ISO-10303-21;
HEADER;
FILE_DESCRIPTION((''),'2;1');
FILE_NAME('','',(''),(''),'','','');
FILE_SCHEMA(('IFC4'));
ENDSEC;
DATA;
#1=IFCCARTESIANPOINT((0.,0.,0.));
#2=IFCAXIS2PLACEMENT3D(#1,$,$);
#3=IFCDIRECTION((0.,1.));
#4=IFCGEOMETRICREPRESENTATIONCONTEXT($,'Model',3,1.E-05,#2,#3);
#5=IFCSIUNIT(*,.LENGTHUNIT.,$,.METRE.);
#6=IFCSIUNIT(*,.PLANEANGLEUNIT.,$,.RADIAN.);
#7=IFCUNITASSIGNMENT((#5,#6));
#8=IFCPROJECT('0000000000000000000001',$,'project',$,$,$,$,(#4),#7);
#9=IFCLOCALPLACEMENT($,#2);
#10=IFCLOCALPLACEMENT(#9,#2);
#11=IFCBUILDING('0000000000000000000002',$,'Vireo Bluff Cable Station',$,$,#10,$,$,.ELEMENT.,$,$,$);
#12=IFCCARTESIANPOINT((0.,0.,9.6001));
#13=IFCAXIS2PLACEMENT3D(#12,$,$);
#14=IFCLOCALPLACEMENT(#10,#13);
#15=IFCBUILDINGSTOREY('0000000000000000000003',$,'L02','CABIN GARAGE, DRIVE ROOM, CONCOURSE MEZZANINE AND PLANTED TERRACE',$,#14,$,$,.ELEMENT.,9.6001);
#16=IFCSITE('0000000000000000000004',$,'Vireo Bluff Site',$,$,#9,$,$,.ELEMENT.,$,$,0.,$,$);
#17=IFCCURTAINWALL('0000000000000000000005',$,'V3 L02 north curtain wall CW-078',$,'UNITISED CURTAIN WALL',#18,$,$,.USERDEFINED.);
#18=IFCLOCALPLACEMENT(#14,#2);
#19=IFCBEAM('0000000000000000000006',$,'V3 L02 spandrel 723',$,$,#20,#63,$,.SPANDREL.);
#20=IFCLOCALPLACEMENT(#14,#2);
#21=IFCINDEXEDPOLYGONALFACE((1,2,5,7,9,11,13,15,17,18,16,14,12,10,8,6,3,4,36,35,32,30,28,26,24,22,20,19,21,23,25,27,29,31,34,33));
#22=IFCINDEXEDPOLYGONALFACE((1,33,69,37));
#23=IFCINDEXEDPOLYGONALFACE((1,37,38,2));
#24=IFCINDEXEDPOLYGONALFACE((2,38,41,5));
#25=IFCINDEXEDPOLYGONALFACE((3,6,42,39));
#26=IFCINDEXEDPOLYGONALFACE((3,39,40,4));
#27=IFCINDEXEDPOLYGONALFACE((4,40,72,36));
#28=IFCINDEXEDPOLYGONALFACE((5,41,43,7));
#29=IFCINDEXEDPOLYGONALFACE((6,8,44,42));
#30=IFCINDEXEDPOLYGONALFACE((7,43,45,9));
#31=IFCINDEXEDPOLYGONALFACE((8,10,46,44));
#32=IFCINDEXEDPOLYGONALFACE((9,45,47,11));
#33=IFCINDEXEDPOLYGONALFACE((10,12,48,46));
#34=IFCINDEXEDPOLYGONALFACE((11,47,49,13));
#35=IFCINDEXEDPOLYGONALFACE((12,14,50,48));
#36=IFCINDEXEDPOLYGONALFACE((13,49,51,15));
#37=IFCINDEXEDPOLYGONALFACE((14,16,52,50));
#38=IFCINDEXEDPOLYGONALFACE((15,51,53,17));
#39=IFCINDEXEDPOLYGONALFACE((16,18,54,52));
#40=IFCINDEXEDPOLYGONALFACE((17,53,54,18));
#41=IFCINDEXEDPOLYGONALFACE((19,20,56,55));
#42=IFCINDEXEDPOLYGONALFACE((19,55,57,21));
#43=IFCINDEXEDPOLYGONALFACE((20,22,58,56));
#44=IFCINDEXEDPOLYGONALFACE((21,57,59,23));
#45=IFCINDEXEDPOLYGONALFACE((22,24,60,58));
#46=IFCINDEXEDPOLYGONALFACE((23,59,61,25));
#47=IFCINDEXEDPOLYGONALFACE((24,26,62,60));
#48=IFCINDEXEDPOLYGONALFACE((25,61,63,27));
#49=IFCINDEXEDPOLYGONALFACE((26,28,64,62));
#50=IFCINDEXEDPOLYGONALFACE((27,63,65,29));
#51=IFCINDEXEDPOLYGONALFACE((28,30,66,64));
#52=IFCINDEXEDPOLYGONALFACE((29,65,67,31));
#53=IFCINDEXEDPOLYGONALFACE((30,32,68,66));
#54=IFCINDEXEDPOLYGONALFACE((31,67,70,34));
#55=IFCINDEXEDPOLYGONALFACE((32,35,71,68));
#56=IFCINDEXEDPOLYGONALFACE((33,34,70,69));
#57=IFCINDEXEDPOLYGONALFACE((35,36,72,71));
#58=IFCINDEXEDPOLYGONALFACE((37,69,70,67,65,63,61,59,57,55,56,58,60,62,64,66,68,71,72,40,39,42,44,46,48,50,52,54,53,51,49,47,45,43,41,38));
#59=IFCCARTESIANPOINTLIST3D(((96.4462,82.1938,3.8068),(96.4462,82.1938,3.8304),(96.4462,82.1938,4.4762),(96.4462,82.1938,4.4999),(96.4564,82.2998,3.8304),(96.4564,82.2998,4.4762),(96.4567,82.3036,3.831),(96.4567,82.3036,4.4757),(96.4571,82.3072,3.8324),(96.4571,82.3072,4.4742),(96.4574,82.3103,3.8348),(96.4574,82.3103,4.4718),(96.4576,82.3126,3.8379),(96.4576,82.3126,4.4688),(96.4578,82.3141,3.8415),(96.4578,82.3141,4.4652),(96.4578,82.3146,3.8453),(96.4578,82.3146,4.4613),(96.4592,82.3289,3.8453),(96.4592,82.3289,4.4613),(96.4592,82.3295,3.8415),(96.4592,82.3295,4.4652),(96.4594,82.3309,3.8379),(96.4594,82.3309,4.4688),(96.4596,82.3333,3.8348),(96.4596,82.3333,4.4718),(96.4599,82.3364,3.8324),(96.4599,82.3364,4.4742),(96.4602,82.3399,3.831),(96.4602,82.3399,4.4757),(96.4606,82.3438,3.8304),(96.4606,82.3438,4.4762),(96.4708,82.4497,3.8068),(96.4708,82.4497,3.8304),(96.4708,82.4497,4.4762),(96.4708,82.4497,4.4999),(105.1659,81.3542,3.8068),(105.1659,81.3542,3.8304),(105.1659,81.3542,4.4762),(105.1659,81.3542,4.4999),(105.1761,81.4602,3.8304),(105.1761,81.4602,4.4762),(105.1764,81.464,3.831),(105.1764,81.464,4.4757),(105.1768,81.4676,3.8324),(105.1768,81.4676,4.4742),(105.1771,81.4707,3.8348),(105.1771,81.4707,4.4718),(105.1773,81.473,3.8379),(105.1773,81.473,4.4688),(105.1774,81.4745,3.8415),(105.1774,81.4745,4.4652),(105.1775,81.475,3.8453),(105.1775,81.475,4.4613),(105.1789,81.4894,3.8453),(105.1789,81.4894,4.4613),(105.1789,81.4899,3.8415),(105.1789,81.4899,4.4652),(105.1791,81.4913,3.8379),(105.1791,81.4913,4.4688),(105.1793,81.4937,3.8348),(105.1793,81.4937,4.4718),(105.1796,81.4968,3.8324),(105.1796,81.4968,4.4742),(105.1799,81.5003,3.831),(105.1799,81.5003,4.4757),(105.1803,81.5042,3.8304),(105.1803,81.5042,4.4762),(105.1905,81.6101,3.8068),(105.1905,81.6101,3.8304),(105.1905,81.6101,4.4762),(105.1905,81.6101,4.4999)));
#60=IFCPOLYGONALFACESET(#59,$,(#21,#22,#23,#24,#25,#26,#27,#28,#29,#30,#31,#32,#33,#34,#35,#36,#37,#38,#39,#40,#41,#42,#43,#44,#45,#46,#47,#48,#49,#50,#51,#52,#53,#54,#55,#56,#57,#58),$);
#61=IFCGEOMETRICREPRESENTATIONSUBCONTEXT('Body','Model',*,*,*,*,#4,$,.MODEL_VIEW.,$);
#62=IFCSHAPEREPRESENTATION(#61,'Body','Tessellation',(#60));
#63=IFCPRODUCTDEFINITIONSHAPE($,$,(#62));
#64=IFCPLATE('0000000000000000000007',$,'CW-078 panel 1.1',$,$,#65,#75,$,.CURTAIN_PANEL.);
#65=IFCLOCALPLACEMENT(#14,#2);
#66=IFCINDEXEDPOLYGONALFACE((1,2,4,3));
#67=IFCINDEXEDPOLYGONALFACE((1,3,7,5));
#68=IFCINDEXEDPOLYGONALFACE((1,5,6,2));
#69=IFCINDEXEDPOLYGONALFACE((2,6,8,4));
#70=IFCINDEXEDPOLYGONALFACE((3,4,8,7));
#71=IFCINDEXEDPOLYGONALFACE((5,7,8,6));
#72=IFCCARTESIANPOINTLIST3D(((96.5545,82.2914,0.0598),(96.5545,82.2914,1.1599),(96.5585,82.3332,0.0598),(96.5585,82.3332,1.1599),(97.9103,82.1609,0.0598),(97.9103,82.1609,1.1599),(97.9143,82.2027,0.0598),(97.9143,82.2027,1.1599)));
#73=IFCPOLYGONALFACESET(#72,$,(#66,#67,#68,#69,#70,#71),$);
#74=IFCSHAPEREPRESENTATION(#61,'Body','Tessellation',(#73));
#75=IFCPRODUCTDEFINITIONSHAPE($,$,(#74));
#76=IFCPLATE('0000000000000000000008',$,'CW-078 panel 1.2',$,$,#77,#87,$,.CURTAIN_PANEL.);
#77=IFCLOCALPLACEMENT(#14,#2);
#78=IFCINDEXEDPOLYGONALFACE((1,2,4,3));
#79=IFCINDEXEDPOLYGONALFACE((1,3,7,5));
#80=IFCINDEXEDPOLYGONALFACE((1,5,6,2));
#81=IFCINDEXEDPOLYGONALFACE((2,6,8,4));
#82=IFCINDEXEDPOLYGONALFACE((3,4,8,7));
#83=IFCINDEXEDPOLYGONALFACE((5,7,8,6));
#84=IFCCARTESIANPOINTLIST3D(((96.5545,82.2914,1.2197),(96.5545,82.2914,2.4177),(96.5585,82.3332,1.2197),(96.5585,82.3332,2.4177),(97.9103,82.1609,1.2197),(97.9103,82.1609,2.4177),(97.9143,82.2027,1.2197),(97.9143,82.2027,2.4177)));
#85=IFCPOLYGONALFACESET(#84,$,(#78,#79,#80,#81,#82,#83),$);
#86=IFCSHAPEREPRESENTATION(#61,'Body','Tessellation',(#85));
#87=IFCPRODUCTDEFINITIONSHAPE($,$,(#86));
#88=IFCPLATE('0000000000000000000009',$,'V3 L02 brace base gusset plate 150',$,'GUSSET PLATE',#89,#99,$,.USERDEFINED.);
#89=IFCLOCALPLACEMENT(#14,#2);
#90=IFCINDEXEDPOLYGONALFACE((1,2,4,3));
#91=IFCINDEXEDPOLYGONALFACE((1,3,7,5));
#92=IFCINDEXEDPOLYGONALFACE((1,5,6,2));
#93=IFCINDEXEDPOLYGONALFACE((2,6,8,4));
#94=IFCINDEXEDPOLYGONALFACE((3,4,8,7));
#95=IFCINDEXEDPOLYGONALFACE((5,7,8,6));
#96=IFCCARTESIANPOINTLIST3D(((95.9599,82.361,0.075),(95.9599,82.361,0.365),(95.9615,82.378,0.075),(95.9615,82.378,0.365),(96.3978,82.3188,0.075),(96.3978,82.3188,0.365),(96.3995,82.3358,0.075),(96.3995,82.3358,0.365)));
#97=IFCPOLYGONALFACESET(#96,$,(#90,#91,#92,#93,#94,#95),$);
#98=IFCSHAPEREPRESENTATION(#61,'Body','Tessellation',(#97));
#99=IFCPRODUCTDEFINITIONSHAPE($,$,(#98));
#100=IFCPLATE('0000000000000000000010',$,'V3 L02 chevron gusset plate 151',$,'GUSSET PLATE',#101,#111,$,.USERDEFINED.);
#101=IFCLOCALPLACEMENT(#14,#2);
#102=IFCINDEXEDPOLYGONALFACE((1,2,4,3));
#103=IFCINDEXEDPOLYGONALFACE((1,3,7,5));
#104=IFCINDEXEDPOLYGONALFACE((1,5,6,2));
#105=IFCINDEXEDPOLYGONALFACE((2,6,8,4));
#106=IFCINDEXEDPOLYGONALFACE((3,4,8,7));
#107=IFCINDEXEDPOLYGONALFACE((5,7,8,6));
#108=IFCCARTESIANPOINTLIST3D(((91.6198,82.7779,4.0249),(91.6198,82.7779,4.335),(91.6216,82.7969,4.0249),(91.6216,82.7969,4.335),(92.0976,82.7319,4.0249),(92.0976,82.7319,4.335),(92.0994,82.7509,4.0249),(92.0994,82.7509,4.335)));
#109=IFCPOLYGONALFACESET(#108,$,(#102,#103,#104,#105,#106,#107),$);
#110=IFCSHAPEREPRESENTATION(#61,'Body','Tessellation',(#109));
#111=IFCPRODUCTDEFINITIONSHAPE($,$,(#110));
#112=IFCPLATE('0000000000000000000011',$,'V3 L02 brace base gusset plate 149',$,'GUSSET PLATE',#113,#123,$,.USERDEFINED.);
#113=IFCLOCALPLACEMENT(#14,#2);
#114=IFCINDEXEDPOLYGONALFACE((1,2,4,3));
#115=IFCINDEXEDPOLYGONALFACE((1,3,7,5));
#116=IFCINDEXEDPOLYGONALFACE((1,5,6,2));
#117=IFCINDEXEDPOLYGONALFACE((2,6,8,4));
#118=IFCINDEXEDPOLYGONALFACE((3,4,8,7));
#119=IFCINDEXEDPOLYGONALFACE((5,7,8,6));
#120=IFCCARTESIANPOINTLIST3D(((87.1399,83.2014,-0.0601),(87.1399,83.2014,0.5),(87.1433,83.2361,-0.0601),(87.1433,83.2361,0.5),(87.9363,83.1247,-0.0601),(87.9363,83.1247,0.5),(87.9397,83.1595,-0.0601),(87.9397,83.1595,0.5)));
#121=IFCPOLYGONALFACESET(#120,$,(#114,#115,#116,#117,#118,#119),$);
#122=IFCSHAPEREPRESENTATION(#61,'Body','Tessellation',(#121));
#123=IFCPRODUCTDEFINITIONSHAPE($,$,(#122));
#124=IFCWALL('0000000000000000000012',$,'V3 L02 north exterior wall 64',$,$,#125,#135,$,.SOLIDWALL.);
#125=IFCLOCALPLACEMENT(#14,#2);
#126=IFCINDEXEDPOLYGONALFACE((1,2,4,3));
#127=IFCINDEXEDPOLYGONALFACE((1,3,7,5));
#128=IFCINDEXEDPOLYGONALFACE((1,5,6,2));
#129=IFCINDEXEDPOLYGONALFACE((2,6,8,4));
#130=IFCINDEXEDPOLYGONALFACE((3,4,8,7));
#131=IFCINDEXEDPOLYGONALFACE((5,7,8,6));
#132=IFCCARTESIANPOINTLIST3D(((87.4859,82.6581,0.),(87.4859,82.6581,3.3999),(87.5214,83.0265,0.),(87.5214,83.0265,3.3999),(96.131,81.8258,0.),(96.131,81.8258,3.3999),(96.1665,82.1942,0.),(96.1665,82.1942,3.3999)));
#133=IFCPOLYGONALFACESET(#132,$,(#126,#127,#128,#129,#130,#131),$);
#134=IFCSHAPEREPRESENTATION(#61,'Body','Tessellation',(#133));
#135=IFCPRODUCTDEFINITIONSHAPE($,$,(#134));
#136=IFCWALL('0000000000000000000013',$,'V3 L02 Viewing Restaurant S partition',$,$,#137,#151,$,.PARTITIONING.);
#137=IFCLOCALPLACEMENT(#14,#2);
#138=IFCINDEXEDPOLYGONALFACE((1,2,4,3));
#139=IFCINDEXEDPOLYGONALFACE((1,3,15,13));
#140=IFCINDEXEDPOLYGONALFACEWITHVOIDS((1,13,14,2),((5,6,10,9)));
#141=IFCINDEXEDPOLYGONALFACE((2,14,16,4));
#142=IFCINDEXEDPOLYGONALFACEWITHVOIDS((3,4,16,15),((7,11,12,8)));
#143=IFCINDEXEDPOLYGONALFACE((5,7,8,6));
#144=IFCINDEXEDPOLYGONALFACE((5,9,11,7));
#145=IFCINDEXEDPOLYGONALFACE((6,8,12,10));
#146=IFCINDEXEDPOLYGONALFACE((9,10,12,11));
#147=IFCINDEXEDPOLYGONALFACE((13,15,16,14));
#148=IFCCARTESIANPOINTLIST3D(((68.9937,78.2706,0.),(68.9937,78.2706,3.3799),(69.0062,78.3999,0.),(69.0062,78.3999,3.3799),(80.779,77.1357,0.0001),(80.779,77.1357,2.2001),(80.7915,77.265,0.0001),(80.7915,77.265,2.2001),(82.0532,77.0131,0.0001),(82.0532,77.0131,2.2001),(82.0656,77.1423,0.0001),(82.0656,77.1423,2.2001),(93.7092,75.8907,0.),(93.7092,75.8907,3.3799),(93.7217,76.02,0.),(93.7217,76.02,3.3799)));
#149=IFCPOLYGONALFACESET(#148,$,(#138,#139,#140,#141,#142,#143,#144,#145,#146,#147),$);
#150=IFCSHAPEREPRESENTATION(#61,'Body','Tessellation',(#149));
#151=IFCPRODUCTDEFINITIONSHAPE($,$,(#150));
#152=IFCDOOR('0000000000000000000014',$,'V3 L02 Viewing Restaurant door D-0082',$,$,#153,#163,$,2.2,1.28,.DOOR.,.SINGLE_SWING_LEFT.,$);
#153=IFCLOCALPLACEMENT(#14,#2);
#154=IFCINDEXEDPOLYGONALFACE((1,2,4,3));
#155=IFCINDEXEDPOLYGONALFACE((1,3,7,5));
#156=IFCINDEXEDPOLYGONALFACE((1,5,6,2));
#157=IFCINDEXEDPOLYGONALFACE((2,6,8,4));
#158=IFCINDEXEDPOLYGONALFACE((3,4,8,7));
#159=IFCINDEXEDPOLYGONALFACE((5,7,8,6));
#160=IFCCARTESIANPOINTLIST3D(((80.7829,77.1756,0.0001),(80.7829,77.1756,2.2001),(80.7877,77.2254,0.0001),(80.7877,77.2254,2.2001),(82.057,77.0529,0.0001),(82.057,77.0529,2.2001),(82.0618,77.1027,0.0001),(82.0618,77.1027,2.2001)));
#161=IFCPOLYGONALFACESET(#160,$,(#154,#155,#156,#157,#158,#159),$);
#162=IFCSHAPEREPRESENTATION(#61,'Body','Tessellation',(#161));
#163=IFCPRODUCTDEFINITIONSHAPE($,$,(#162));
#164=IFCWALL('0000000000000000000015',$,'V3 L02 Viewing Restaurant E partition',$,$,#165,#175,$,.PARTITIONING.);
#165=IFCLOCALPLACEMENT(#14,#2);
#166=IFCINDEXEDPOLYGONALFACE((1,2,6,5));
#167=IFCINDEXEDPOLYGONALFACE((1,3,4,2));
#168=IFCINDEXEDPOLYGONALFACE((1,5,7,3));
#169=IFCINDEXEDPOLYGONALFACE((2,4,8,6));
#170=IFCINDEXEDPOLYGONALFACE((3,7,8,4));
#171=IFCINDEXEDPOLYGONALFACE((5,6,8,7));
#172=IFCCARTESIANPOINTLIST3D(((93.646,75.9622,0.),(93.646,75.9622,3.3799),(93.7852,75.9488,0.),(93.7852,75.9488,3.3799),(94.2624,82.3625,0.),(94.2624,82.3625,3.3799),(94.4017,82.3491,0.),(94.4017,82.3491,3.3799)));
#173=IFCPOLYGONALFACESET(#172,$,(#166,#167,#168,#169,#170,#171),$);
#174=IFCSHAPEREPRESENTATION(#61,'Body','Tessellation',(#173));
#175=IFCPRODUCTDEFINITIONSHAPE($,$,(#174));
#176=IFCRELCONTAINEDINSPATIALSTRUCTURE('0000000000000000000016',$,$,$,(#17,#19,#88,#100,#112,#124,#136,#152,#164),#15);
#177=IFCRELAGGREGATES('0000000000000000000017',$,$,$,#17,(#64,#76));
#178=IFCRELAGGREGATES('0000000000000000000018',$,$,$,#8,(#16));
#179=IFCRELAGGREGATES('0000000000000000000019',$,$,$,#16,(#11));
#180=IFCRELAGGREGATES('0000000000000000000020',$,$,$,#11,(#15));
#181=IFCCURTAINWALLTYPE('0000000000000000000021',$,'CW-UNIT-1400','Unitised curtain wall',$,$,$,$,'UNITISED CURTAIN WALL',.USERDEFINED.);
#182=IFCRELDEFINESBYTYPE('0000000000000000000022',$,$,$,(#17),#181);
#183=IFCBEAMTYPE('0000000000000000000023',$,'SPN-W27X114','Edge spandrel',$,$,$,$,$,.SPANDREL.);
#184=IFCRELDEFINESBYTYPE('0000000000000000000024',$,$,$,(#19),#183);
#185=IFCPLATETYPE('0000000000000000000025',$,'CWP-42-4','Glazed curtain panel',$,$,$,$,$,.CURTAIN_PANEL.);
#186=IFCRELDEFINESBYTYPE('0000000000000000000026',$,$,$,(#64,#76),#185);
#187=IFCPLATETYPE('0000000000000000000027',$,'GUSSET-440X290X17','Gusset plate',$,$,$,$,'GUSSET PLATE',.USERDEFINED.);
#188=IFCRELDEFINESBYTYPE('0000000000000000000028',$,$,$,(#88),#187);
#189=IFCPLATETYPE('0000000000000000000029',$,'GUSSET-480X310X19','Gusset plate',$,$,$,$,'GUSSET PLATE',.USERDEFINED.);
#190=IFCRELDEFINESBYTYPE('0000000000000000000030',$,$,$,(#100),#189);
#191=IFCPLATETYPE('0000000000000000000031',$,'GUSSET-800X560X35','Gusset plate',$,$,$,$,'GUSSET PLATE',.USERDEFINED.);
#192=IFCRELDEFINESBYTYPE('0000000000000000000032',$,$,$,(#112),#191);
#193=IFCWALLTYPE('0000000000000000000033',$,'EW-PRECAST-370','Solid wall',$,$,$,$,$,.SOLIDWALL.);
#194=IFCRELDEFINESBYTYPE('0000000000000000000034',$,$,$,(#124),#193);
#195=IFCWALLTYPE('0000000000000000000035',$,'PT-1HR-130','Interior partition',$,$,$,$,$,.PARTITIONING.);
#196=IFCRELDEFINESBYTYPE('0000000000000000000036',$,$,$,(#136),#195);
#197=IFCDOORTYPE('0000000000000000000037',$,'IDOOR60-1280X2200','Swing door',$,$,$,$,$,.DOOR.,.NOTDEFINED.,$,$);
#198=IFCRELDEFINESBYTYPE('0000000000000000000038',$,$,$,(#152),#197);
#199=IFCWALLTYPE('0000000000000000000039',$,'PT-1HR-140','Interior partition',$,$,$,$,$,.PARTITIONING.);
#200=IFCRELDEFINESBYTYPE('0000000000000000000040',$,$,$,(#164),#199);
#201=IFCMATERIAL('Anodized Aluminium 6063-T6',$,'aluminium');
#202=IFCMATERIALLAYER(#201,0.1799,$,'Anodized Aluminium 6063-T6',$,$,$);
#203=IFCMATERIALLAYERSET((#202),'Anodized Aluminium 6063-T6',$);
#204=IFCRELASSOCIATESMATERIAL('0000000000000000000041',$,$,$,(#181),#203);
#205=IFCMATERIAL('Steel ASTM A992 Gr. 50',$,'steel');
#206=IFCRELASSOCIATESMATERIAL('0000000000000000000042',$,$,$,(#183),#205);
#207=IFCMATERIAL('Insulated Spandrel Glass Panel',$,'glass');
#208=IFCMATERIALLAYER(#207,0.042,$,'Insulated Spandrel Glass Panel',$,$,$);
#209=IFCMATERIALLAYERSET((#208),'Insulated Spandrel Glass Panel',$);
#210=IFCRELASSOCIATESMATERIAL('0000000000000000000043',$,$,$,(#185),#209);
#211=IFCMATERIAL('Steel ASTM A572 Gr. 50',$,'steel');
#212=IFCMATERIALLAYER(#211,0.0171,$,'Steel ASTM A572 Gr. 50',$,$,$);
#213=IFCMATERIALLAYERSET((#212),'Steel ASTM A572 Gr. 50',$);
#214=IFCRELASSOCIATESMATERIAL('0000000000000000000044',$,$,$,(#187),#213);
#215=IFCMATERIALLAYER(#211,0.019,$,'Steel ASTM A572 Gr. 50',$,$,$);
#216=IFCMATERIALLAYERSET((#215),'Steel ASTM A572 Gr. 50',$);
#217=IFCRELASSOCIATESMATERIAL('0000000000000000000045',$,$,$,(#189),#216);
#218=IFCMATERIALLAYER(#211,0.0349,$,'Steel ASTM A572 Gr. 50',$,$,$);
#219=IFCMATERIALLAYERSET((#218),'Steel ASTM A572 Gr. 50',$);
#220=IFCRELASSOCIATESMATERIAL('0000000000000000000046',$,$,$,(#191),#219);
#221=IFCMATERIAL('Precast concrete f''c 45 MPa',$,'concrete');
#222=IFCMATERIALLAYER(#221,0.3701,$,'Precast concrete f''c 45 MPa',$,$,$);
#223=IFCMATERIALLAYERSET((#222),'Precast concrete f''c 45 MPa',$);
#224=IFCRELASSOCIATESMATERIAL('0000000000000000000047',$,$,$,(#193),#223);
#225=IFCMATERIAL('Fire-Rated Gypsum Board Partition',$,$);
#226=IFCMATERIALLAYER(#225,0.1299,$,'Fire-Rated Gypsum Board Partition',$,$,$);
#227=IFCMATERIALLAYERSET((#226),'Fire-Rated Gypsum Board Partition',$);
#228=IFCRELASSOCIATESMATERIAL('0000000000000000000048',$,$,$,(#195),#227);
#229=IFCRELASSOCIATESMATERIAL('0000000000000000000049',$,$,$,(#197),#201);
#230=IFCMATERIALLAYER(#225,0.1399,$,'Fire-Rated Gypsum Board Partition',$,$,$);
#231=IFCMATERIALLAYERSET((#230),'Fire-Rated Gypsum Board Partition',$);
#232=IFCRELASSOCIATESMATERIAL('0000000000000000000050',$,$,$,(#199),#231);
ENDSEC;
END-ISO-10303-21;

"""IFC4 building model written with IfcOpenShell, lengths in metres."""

from ifc_helpers import new_model, si_unit, direction, frame, frame_2d, origin, origin_with_axes, origin_2d, place, context, subcontext, project, spatial, rectangle, i_section, extrude, material, layer, layer_set, material_profile, profile_set, type_object, element, fill, aggregate, save


model = new_model("IFC4")

# Units and contexts
model_context = context("Model", 3, precision=1e-05, world=origin(), true_north=direction((0.0, 1.0)))
body_context = subcontext(model_context, "Body", "Model", "MODEL_VIEW")
ifc_project = project(units=[si_unit("LENGTHUNIT", "METRE"), si_unit("PLANEANGLEUNIT", "RADIAN")], contexts=[model_context])

# Site, building, storey
site_placement = place(None, origin())
site = spatial("IfcSite", under=ifc_project, at=site_placement, Name="Vireo Bluff Site", CompositionType="ELEMENT", RefElevation=0.0)
building_placement = place(site_placement, origin())
building = spatial("IfcBuilding", under=site, at=building_placement, Name="Vireo Bluff Cable Station", CompositionType="ELEMENT")
storey_placement = place(building_placement, frame((0.0, 0.0, 9.6001)))
storey = spatial("IfcBuildingStorey", under=building, at=storey_placement, Name="L02", Description="CABIN GARAGE, DRIVE ROOM, CONCOURSE MEZZANINE AND PLANTED TERRACE", CompositionType="ELEMENT", Elevation=9.6001)

# Shared definitions
ifc_material_1 = material(Name="Steel ASTM A992 Gr. 50", Category="steel")

# Curtain wall
ifc_material_2 = material(Name="Anodized Aluminium 6063-T6", Category="aluminium")
ifc_layer_1 = layer(ifc_material_2, 0.1799, Name="Anodized Aluminium 6063-T6")
ifc_layer_set_1 = layer_set([ifc_layer_1], Name="Anodized Aluminium 6063-T6")
curtain_wall_type = type_object("IfcCurtainWallType", Name="CW-UNIT-1400", Description="Unitised curtain wall", ElementType="UNITISED CURTAIN WALL", PredefinedType="USERDEFINED", material=ifc_layer_set_1)
curtain_wall_placement = place(storey_placement, origin())
curtain_wall = element("IfcCurtainWall", 1, at=curtain_wall_placement, inside=storey, type_object=curtain_wall_type, Name="V3 L02 north curtain wall CW-078", ObjectType="UNITISED CURTAIN WALL", PredefinedType="USERDEFINED")

# Beam
ifc_material_profile_1 = material_profile(ifc_material_1, i_section(OverallWidth=0.2571, OverallDepth=0.6931, WebThickness=0.0144, FlangeThickness=0.0237, FilletRadius=0.0149, at=origin_2d()), Name="W27X114")
ifc_profile_set_1 = profile_set([ifc_material_profile_1], Name="Steel ASTM A992 Gr. 50")
beam_type_1 = type_object("IfcBeamType", Name="SPN-W27X114", Description="Edge spandrel", PredefinedType="SPANDREL", material=ifc_profile_set_1)
beam_1_placement = place(storey_placement, frame((96.4585, 82.3218, 4.1533), z_axis=(0.995396, -0.095844, 0.0), x_axis=(0.095844, 0.995396, 0.0)))
element("IfcBeam", 2, at=beam_1_placement, inside=storey, type_object=beam_type_1, Name="V3 L02 spandrel 723", PredefinedType="SPANDREL", context=body_context, shape_type="SweptSolid", body=[
    extrude(i_section(OverallWidth=0.2571, OverallDepth=0.6931, WebThickness=0.0144, FlangeThickness=0.0237, FilletRadius=0.0149, at=origin_2d()), origin(), (0.0, 0.0, 1.0), 8.76),
])

# Plates
ifc_material_3 = material(Name="Insulated Spandrel Glass Panel", Category="glass")
ifc_layer_2 = layer(ifc_material_3, 0.042, Name="Insulated Spandrel Glass Panel")
ifc_layer_set_2 = layer_set([ifc_layer_2], Name="Insulated Spandrel Glass Panel")
plate_type_1 = type_object("IfcPlateType", Name="CWP-42-4", Description="Glazed curtain panel", PredefinedType="CURTAIN_PANEL", material=ifc_layer_set_2)
plate_1_placement = place(storey_placement, frame((97.2344, 82.2471, 0.0598), z_axis=(0.0, 0.0, 1.0), x_axis=(0.995396, -0.095846, 0.0)))
plate_1 = element("IfcPlate", 3, at=plate_1_placement, type_object=plate_type_1, Name="CW-078 panel 1.1", PredefinedType="CURTAIN_PANEL", context=body_context, shape_type="SweptSolid", body=[
    extrude(rectangle(XDim=1.3621, YDim=0.042, at=origin_2d()), origin(), (0.0, 0.0, 1.0), 1.1001),
])
plate_2_placement = place(storey_placement, frame((97.2344, 82.2471, 1.2197), z_axis=(0.0, 0.0, 1.0), x_axis=(0.995396, -0.095846, 0.0)))
plate_2 = element("IfcPlate", 4, at=plate_2_placement, type_object=plate_type_1, Name="CW-078 panel 1.2", PredefinedType="CURTAIN_PANEL", context=body_context, shape_type="SweptSolid", body=[
    extrude(rectangle(XDim=1.3621, YDim=0.042, at=origin_2d()), origin(), (0.0, 0.0, 1.0), 1.198),
])
aggregate(curtain_wall, [plate_1, plate_2])

# Plates
ifc_material_4 = material(Name="Steel ASTM A572 Gr. 50", Category="steel")
ifc_layer_3 = layer(ifc_material_4, 0.0171, Name="Steel ASTM A572 Gr. 50")
ifc_layer_set_3 = layer_set([ifc_layer_3], Name="Steel ASTM A572 Gr. 50")
plate_type_2 = type_object("IfcPlateType", Name="GUSSET-440X290X17", Description="Gusset plate", ElementType="GUSSET PLATE", PredefinedType="USERDEFINED", material=ifc_layer_set_3)
plate_3_placement = place(storey_placement, frame((96.1797, 82.3484, 0.075), z_axis=(0.0, 0.0, 1.0), x_axis=(0.995396, -0.095846, 0.0)))
element("IfcPlate", 5, at=plate_3_placement, inside=storey, type_object=plate_type_2, Name="V3 L02 brace base gusset plate 150", ObjectType="GUSSET PLATE", PredefinedType="USERDEFINED", context=body_context, shape_type="SweptSolid", body=[
    extrude(rectangle(XDim=0.4399, YDim=0.0171, at=origin_2d()), origin(), (0.0, 0.0, 1.0), 0.29),
])
ifc_layer_4 = layer(ifc_material_4, 0.019, Name="Steel ASTM A572 Gr. 50")
ifc_layer_set_4 = layer_set([ifc_layer_4], Name="Steel ASTM A572 Gr. 50")
plate_type_3 = type_object("IfcPlateType", Name="GUSSET-480X310X19", Description="Gusset plate", ElementType="GUSSET PLATE", PredefinedType="USERDEFINED", material=ifc_layer_set_4)
plate_4_placement = place(storey_placement, frame((91.8596, 82.7644, 4.0249), z_axis=(0.0, 0.0, 1.0), x_axis=(0.995396, -0.095846, 0.0)))
element("IfcPlate", 6, at=plate_4_placement, inside=storey, type_object=plate_type_3, Name="V3 L02 chevron gusset plate 151", ObjectType="GUSSET PLATE", PredefinedType="USERDEFINED", context=body_context, shape_type="SweptSolid", body=[
    extrude(rectangle(XDim=0.48, YDim=0.019, at=origin_2d()), origin(), (0.0, 0.0, 1.0), 0.3101),
])
ifc_layer_5 = layer(ifc_material_4, 0.0349, Name="Steel ASTM A572 Gr. 50")
ifc_layer_set_5 = layer_set([ifc_layer_5], Name="Steel ASTM A572 Gr. 50")
plate_type_4 = type_object("IfcPlateType", Name="GUSSET-800X560X35", Description="Gusset plate", ElementType="GUSSET PLATE", PredefinedType="USERDEFINED", material=ifc_layer_set_5)
plate_5_placement = place(storey_placement, frame((87.5398, 83.1804, -0.0601), z_axis=(0.0, 0.0, 1.0), x_axis=(0.995396, -0.095846, 0.0)))
element("IfcPlate", 7, at=plate_5_placement, inside=storey, type_object=plate_type_4, Name="V3 L02 brace base gusset plate 149", ObjectType="GUSSET PLATE", PredefinedType="USERDEFINED", context=body_context, shape_type="SweptSolid", body=[
    extrude(rectangle(XDim=0.8, YDim=0.0349, at=origin_2d()), origin(), (0.0, 0.0, 1.0), 0.5601),
])

# Wall
ifc_material_5 = material(Name="Precast concrete f'c 45 MPa", Category="concrete")
ifc_layer_6 = layer(ifc_material_5, 0.3701, Name="Precast concrete f'c 45 MPa")
ifc_layer_set_6 = layer_set([ifc_layer_6], Name="Precast concrete f'c 45 MPa")
wall_type_1 = type_object("IfcWallType", Name="EW-PRECAST-370", Description="Solid wall", PredefinedType="SOLIDWALL", material=ifc_layer_set_6)
wall_1_placement = place(storey_placement, frame((87.5037, 82.8423, 0.0), z_axis=(0.0, 0.0, 1.0), x_axis=(0.995398, -0.095829, 0.0)))
element("IfcWall", 8, at=wall_1_placement, inside=storey, type_object=wall_type_1, Name="V3 L02 north exterior wall 64", PredefinedType="SOLIDWALL", context=body_context, shape_type="SweptSolid", body=[
    extrude(rectangle(XDim=8.6851, YDim=0.3701, at=frame_2d((4.3425, 0.0))), origin(), (0.0, 0.0, 1.0), 3.3999),
])

# Wall, opening, door
ifc_material_6 = material(Name="Fire-Rated Gypsum Board Partition")
ifc_layer_7 = layer(ifc_material_6, 0.1299, Name="Fire-Rated Gypsum Board Partition")
ifc_layer_set_7 = layer_set([ifc_layer_7], Name="Fire-Rated Gypsum Board Partition")
wall_type_2 = type_object("IfcWallType", Name="PT-1HR-130", Description="Interior partition", PredefinedType="PARTITIONING", material=ifc_layer_set_7)
wall_2_placement = place(storey_placement, frame((93.7156, 75.9553, 0.0), z_axis=(0.0, 0.0, 1.0), x_axis=(-0.995396, 0.095847, 0.0)))
wall_2 = element("IfcWall", 9, at=wall_2_placement, inside=storey, type_object=wall_type_2, Name="V3 L02 Viewing Restaurant S partition", PredefinedType="PARTITIONING", context=body_context, shape_type="SweptSolid", body=[
    extrude(rectangle(XDim=24.8298, YDim=0.1299, at=frame_2d((12.415, 0.0))), origin(), (0.0, 0.0, 1.0), 3.3799),
])
opening_placement = place(wall_2_placement, frame((11.71, 0.0, 0.0)))
opening = element("IfcOpeningElement", 10, at=opening_placement, cuts=wall_2, PredefinedType="OPENING", context=body_context, shape_type="SweptSolid", body=[
    extrude(rectangle(XDim=1.28, YDim=2.2, at=frame_2d((0.6401, 1.1001))), frame((0.0, 0.075, 0.0), z_axis=(0.0, -1.0, 0.0), x_axis=(1.0, 0.0, 0.0)), (0.0, 0.0, 1.0), 0.1499),
])
door_type = type_object("IfcDoorType", Name="IDOOR60-1280X2200", Description="Swing door", OperationType="NOTDEFINED", PredefinedType="DOOR", material=ifc_material_2)
door_placement = place(opening_placement, origin_with_axes())
door = element("IfcDoor", 11, at=door_placement, inside=storey, type_object=door_type, Name="V3 L02 Viewing Restaurant door D-0082", OperationType="SINGLE_SWING_LEFT", OverallHeight=2.2, OverallWidth=1.28, PredefinedType="DOOR", context=body_context, shape_type="SweptSolid", body=[
    extrude(rectangle(XDim=1.28, YDim=2.2, at=frame_2d((0.6401, 1.1001))), frame((0.0, 0.0249, 0.0), z_axis=(0.0, -1.0, 0.0), x_axis=(1.0, 0.0, 0.0)), (0.0, 0.0, 1.0), 0.05),
])
fill(opening, door)

# Wall
ifc_layer_8 = layer(ifc_material_6, 0.1399, Name="Fire-Rated Gypsum Board Partition")
ifc_layer_set_8 = layer_set([ifc_layer_8], Name="Fire-Rated Gypsum Board Partition")
wall_type_3 = type_object("IfcWallType", Name="PT-1HR-140", Description="Interior partition", PredefinedType="PARTITIONING", material=ifc_layer_set_8)
wall_3_placement = place(storey_placement, frame((94.332, 82.3557, 0.0), z_axis=(0.0, 0.0, 1.0), x_axis=(-0.095872, -0.995394, 0.0)))
element("IfcWall", 12, at=wall_3_placement, inside=storey, type_object=wall_type_3, Name="V3 L02 Viewing Restaurant E partition", PredefinedType="PARTITIONING", context=body_context, shape_type="SweptSolid", body=[
    extrude(rectangle(XDim=6.4299, YDim=0.1399, at=frame_2d((3.2148, 0.0))), origin(), (0.0, 0.0, 1.0), 3.3799),
])

save(model, "model.ifc")
